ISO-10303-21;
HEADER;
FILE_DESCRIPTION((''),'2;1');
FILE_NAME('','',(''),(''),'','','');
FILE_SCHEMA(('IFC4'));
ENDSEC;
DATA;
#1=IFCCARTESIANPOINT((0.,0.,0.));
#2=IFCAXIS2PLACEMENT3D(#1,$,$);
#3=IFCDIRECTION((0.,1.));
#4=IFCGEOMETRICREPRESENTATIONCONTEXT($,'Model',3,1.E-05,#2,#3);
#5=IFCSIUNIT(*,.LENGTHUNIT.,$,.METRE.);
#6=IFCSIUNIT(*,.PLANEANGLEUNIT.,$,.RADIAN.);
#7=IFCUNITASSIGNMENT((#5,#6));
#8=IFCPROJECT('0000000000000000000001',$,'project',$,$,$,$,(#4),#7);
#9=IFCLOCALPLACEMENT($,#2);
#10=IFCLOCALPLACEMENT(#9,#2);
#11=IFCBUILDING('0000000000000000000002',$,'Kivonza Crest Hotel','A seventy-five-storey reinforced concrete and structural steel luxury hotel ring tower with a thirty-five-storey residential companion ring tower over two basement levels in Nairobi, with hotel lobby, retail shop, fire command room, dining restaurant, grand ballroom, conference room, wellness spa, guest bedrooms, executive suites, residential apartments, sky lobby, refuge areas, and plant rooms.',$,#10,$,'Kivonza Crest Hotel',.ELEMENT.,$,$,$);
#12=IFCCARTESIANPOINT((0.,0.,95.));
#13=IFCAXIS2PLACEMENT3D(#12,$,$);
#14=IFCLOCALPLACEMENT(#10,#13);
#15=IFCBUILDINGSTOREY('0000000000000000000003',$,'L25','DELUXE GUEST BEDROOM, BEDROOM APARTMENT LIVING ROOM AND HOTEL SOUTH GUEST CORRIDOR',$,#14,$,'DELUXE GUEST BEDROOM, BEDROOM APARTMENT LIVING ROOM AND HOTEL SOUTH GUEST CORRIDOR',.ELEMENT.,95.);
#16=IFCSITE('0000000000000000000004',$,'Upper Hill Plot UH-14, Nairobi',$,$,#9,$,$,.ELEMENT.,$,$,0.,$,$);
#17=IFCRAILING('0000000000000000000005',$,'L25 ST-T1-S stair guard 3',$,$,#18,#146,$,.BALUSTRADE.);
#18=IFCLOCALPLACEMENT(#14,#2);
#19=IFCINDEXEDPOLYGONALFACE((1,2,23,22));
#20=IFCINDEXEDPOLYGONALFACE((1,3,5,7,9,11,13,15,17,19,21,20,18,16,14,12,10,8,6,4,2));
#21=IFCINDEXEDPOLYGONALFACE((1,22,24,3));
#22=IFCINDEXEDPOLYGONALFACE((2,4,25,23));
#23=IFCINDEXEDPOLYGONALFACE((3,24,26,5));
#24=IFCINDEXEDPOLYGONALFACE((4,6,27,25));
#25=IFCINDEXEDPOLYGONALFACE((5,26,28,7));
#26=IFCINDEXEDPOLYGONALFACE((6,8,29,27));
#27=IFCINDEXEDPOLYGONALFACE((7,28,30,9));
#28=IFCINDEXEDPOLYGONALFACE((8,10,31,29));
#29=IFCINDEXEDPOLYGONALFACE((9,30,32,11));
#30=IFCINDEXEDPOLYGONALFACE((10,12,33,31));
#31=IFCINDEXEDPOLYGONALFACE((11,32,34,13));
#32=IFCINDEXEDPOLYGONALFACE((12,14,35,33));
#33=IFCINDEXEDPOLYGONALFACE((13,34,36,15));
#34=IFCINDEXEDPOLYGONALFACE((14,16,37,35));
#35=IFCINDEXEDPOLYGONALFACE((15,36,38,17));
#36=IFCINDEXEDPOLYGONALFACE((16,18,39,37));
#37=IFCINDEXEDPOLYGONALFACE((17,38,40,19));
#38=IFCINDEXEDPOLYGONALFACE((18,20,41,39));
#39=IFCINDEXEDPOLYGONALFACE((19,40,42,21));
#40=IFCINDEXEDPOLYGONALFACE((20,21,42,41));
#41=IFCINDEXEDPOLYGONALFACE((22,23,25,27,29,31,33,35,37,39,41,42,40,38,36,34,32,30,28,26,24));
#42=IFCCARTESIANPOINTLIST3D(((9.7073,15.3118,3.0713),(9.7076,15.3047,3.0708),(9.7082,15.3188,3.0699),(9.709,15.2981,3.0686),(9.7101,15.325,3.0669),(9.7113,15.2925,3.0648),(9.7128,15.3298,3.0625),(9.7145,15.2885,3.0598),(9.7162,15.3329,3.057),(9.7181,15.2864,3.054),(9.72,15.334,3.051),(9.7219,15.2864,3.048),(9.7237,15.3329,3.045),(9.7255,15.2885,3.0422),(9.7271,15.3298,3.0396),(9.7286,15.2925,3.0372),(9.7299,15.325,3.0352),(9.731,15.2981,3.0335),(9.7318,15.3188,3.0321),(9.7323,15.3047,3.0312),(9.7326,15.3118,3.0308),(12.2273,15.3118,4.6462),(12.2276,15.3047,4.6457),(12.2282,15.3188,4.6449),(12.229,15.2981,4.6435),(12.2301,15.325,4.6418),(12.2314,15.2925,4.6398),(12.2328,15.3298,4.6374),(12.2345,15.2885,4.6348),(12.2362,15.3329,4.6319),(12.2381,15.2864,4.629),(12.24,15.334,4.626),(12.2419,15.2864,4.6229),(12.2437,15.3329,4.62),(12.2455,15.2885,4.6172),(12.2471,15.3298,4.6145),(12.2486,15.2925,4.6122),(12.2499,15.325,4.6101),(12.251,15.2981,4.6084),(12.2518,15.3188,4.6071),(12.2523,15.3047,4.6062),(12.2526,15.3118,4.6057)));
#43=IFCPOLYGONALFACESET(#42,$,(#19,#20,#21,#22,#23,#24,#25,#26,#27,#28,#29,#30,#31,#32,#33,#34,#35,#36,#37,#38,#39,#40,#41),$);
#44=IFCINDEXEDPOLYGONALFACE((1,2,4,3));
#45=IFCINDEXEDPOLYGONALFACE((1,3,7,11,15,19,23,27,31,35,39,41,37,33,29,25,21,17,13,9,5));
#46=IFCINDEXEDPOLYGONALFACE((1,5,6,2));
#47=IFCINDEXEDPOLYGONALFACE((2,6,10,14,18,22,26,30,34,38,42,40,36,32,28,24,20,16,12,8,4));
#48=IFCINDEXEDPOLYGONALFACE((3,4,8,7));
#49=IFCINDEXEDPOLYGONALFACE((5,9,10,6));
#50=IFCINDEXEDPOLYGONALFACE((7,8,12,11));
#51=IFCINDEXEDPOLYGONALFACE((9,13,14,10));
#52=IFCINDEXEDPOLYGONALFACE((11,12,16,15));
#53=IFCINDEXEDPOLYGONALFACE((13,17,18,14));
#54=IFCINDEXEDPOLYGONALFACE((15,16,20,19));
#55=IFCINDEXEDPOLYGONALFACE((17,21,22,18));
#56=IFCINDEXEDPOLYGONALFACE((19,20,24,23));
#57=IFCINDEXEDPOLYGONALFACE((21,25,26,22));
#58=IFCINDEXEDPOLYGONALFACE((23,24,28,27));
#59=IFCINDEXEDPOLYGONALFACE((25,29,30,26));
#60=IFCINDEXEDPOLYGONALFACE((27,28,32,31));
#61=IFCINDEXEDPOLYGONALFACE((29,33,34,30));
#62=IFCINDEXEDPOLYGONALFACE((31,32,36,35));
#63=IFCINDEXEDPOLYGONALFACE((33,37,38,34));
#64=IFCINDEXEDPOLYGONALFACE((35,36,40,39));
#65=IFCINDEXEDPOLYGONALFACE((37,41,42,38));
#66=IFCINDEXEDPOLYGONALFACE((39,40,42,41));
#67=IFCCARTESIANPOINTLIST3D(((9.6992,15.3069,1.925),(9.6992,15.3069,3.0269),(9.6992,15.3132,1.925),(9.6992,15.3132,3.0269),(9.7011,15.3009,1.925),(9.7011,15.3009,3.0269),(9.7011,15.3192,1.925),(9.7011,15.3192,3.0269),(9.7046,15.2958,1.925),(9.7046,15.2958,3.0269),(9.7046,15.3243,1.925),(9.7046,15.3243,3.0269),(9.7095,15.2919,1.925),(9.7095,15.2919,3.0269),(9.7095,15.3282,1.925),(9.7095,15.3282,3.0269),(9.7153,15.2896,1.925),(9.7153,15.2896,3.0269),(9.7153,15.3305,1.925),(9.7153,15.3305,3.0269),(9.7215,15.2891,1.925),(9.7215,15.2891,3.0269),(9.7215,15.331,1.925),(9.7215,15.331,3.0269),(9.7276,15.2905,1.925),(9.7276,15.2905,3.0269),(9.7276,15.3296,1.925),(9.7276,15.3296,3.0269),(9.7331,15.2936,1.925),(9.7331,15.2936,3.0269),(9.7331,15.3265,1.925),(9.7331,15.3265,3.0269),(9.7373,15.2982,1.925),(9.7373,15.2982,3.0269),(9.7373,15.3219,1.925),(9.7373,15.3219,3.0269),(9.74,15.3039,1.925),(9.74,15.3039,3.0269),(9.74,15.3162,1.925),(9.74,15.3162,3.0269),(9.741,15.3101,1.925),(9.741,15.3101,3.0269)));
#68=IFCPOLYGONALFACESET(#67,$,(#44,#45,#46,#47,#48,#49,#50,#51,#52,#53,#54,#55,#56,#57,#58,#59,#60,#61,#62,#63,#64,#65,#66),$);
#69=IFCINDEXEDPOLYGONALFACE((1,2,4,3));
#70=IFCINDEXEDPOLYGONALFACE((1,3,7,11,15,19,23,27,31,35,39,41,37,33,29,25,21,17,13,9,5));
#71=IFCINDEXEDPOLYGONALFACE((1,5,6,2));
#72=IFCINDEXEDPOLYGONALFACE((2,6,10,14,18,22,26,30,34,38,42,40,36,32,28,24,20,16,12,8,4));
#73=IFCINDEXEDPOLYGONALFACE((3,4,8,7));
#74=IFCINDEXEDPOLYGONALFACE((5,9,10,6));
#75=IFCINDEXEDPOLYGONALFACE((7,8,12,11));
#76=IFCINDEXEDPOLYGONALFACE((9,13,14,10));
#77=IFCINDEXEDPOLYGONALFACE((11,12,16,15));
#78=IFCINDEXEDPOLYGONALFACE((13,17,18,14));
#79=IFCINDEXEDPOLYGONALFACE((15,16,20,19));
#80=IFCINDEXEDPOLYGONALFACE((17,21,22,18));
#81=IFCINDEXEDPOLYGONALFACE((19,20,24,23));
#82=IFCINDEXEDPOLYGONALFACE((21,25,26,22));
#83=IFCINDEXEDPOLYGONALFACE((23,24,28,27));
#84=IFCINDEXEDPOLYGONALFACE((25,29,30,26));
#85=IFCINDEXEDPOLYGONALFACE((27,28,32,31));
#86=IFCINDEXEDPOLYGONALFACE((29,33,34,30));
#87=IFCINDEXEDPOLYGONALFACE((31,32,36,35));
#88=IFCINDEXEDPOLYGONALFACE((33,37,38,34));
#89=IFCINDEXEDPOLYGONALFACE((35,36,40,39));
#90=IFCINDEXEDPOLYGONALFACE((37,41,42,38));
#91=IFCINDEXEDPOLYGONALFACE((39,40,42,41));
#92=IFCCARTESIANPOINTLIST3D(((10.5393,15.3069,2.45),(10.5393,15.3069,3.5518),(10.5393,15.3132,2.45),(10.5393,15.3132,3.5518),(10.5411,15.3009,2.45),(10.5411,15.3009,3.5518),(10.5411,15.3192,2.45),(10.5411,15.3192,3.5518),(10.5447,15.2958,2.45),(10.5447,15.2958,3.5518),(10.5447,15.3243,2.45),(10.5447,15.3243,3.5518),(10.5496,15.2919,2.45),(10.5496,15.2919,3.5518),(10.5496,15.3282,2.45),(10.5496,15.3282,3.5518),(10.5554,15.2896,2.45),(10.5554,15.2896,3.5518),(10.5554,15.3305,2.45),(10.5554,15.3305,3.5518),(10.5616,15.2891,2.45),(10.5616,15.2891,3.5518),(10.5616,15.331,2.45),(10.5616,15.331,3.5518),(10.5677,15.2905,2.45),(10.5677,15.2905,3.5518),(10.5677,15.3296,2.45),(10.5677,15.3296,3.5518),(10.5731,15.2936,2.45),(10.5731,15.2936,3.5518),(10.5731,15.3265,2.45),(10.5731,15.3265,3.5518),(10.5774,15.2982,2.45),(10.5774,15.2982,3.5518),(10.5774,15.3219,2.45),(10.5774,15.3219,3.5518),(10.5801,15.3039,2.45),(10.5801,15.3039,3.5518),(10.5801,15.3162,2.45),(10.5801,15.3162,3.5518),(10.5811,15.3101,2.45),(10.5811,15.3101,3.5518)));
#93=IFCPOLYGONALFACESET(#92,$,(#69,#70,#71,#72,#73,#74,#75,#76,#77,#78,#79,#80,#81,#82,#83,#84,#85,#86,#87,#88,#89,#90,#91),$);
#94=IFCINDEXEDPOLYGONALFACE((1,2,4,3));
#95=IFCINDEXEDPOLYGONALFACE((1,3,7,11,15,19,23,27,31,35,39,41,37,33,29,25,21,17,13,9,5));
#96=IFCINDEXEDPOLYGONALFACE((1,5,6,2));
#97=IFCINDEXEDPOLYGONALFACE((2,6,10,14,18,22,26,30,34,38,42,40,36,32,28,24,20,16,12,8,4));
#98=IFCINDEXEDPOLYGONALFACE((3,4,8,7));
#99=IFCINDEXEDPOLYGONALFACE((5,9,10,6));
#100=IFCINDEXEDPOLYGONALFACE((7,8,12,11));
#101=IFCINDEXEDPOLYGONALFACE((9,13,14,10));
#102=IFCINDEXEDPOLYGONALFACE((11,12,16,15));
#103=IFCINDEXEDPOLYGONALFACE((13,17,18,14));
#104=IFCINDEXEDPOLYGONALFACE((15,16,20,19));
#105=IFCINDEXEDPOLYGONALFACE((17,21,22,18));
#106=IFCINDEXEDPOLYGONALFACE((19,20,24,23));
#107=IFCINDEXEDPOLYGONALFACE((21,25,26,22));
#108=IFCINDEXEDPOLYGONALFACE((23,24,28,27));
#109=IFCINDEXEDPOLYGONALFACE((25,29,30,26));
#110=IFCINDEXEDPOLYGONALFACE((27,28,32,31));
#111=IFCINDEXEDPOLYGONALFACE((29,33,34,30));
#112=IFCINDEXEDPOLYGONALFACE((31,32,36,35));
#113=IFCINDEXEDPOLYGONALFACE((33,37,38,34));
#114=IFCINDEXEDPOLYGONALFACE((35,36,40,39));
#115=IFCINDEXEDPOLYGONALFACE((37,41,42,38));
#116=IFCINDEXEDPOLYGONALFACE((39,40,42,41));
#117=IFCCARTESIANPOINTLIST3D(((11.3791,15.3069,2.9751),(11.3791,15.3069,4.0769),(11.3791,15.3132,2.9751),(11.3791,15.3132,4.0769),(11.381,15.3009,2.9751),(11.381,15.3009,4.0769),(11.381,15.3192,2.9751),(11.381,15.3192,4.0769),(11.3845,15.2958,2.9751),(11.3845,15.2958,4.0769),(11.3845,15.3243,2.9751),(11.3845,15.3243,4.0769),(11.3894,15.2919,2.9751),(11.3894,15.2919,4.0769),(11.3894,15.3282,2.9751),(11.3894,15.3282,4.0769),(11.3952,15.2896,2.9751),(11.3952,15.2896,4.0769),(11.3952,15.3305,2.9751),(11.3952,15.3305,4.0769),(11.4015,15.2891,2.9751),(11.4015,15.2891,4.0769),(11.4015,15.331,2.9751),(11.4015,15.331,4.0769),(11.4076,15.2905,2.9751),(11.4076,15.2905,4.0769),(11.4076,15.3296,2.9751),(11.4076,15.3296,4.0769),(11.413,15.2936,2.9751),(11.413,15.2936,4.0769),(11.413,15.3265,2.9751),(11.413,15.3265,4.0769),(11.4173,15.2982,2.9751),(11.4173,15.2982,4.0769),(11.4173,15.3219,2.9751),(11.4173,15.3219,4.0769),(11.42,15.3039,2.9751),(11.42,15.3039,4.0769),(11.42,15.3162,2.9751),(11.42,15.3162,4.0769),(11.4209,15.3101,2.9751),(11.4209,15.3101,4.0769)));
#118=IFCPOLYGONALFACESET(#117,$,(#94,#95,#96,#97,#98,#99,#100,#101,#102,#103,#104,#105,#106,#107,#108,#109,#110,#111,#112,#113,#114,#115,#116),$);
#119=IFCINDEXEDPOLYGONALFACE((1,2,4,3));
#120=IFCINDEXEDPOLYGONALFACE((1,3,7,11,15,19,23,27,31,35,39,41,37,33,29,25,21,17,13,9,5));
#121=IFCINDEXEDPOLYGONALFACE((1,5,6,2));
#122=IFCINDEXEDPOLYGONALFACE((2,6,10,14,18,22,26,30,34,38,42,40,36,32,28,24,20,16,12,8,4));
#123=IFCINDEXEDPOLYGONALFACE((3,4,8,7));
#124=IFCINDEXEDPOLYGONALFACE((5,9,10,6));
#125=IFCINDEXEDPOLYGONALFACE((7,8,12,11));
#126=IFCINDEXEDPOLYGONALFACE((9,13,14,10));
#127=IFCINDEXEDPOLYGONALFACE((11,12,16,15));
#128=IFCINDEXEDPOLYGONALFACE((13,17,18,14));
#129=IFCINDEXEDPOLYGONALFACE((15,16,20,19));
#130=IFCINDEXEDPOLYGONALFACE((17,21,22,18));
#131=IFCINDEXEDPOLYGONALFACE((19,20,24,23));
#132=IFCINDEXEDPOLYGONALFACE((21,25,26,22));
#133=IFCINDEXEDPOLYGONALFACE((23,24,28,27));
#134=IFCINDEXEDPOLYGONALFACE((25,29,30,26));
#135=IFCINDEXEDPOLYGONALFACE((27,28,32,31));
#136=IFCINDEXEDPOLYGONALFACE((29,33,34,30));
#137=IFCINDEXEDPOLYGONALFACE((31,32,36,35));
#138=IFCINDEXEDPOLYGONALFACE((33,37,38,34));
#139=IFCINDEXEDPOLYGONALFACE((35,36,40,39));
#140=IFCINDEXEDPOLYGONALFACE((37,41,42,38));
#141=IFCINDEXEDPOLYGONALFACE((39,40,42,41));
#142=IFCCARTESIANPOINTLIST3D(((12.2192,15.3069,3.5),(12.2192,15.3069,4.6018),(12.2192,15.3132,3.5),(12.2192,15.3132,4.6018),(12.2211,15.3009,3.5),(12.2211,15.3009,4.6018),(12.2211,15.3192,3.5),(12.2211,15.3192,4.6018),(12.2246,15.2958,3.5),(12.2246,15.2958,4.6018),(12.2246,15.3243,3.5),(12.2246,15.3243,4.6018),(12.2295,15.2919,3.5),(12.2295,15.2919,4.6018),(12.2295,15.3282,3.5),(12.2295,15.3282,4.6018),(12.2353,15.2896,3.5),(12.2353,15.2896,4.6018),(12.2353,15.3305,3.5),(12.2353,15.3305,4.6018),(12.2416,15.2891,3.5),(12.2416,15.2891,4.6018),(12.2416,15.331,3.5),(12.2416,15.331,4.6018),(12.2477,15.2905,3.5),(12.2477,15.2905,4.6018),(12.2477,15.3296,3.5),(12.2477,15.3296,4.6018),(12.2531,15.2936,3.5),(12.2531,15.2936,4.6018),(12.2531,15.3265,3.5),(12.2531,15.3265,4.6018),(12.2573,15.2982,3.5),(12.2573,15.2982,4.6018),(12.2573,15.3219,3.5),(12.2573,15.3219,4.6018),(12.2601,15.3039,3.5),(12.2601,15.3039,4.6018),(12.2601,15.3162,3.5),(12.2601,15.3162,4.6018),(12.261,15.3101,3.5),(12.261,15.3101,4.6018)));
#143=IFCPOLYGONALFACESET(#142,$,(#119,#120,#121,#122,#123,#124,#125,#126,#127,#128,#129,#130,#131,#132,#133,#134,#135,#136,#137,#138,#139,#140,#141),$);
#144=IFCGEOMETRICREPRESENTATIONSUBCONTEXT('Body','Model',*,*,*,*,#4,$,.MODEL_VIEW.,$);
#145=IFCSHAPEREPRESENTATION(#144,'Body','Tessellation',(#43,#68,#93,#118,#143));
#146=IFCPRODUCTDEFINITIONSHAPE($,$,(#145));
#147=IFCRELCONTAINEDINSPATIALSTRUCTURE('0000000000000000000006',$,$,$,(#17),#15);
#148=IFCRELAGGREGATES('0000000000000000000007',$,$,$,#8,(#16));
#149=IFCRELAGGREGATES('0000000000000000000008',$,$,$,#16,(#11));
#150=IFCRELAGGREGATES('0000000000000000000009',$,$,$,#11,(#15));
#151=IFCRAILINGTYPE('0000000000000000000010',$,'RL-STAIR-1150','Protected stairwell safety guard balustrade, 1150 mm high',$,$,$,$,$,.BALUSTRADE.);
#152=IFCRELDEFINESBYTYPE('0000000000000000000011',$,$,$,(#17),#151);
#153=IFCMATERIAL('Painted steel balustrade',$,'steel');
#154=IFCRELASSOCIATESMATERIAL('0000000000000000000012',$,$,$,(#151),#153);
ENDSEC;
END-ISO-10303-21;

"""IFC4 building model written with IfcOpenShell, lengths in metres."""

from ifc_helpers import new_model, si_unit, direction, frame, origin, origin_2d, place, context, subcontext, project, spatial, circle, extrude, material, type_object, element, save


model = new_model("IFC4")

# Units and contexts
model_context = context("Model", 3, precision=1e-05, world=origin(), true_north=direction((0.0, 1.0)))
body_context = subcontext(model_context, "Body", "Model", "MODEL_VIEW")
ifc_project = project(units=[si_unit("LENGTHUNIT", "METRE"), si_unit("PLANEANGLEUNIT", "RADIAN")], contexts=[model_context])

# Site, building, storey
site_placement = place(None, origin())
site = spatial("IfcSite", under=ifc_project, at=site_placement, Name="Upper Hill Plot UH-14, Nairobi", CompositionType="ELEMENT", RefElevation=0.0)
building_placement = place(site_placement, origin())
building = spatial("IfcBuilding", under=site, at=building_placement, Name="Kivonza Crest Hotel", Description="A seventy-five-storey reinforced concrete and structural steel luxury hotel ring tower with a thirty-five-storey residential companion ring tower over two basement levels in Nairobi, with hotel lobby, retail shop, fire command room, dining restaurant, grand ballroom, conference room, wellness spa, guest bedrooms, executive suites, residential apartments, sky lobby, refuge areas, and plant rooms.", LongName="Kivonza Crest Hotel", CompositionType="ELEMENT")
storey_placement = place(building_placement, frame((0.0, 0.0, 95.0)))
storey = spatial("IfcBuildingStorey", under=building, at=storey_placement, Name="L25", Description="DELUXE GUEST BEDROOM, BEDROOM APARTMENT LIVING ROOM AND HOTEL SOUTH GUEST CORRIDOR", LongName="DELUXE GUEST BEDROOM, BEDROOM APARTMENT LIVING ROOM AND HOTEL SOUTH GUEST CORRIDOR", CompositionType="ELEMENT", Elevation=95.0)

# Railing
ifc_material_1 = material(Name="Painted steel balustrade", Category="steel")
railing_type_1 = type_object("IfcRailingType", Name="RL-STAIR-1150", Description="Protected stairwell safety guard balustrade, 1150 mm high", PredefinedType="BALUSTRADE", material=ifc_material_1)
railing_1_placement = place(storey_placement, frame((9.72, 15.3101, 1.925)))
element("IfcRailing", 1, at=railing_1_placement, inside=storey, type_object=railing_type_1, Name="L25 ST-T1-S stair guard 3", PredefinedType="BALUSTRADE", context=body_context, shape_type="SweptSolid", body=[
    extrude(circle(Radius=0.0239, at=origin_2d()), frame((0.0, 0.0, 1.126), z_axis=(0.848008, 0.0, 0.529984), x_axis=(0.0, 1.0, 0.0)), (0.0, 0.0, 1.0), 2.9717),
    extrude(circle(Radius=0.021, at=origin_2d()), origin(), (0.0, 0.0, 1.0), 1.1018),
    extrude(circle(Radius=0.021, at=origin_2d()), frame((0.8401, 0.0, 0.5249)), (0.0, 0.0, 1.0), 1.1018),
    extrude(circle(Radius=0.021, at=origin_2d()), frame((1.6799, 0.0, 1.05)), (0.0, 0.0, 1.0), 1.1018),
    extrude(circle(Radius=0.021, at=origin_2d()), frame((2.52, 0.0, 1.575)), (0.0, 0.0, 1.0), 1.1018),
])

save(model, "model.ifc")
